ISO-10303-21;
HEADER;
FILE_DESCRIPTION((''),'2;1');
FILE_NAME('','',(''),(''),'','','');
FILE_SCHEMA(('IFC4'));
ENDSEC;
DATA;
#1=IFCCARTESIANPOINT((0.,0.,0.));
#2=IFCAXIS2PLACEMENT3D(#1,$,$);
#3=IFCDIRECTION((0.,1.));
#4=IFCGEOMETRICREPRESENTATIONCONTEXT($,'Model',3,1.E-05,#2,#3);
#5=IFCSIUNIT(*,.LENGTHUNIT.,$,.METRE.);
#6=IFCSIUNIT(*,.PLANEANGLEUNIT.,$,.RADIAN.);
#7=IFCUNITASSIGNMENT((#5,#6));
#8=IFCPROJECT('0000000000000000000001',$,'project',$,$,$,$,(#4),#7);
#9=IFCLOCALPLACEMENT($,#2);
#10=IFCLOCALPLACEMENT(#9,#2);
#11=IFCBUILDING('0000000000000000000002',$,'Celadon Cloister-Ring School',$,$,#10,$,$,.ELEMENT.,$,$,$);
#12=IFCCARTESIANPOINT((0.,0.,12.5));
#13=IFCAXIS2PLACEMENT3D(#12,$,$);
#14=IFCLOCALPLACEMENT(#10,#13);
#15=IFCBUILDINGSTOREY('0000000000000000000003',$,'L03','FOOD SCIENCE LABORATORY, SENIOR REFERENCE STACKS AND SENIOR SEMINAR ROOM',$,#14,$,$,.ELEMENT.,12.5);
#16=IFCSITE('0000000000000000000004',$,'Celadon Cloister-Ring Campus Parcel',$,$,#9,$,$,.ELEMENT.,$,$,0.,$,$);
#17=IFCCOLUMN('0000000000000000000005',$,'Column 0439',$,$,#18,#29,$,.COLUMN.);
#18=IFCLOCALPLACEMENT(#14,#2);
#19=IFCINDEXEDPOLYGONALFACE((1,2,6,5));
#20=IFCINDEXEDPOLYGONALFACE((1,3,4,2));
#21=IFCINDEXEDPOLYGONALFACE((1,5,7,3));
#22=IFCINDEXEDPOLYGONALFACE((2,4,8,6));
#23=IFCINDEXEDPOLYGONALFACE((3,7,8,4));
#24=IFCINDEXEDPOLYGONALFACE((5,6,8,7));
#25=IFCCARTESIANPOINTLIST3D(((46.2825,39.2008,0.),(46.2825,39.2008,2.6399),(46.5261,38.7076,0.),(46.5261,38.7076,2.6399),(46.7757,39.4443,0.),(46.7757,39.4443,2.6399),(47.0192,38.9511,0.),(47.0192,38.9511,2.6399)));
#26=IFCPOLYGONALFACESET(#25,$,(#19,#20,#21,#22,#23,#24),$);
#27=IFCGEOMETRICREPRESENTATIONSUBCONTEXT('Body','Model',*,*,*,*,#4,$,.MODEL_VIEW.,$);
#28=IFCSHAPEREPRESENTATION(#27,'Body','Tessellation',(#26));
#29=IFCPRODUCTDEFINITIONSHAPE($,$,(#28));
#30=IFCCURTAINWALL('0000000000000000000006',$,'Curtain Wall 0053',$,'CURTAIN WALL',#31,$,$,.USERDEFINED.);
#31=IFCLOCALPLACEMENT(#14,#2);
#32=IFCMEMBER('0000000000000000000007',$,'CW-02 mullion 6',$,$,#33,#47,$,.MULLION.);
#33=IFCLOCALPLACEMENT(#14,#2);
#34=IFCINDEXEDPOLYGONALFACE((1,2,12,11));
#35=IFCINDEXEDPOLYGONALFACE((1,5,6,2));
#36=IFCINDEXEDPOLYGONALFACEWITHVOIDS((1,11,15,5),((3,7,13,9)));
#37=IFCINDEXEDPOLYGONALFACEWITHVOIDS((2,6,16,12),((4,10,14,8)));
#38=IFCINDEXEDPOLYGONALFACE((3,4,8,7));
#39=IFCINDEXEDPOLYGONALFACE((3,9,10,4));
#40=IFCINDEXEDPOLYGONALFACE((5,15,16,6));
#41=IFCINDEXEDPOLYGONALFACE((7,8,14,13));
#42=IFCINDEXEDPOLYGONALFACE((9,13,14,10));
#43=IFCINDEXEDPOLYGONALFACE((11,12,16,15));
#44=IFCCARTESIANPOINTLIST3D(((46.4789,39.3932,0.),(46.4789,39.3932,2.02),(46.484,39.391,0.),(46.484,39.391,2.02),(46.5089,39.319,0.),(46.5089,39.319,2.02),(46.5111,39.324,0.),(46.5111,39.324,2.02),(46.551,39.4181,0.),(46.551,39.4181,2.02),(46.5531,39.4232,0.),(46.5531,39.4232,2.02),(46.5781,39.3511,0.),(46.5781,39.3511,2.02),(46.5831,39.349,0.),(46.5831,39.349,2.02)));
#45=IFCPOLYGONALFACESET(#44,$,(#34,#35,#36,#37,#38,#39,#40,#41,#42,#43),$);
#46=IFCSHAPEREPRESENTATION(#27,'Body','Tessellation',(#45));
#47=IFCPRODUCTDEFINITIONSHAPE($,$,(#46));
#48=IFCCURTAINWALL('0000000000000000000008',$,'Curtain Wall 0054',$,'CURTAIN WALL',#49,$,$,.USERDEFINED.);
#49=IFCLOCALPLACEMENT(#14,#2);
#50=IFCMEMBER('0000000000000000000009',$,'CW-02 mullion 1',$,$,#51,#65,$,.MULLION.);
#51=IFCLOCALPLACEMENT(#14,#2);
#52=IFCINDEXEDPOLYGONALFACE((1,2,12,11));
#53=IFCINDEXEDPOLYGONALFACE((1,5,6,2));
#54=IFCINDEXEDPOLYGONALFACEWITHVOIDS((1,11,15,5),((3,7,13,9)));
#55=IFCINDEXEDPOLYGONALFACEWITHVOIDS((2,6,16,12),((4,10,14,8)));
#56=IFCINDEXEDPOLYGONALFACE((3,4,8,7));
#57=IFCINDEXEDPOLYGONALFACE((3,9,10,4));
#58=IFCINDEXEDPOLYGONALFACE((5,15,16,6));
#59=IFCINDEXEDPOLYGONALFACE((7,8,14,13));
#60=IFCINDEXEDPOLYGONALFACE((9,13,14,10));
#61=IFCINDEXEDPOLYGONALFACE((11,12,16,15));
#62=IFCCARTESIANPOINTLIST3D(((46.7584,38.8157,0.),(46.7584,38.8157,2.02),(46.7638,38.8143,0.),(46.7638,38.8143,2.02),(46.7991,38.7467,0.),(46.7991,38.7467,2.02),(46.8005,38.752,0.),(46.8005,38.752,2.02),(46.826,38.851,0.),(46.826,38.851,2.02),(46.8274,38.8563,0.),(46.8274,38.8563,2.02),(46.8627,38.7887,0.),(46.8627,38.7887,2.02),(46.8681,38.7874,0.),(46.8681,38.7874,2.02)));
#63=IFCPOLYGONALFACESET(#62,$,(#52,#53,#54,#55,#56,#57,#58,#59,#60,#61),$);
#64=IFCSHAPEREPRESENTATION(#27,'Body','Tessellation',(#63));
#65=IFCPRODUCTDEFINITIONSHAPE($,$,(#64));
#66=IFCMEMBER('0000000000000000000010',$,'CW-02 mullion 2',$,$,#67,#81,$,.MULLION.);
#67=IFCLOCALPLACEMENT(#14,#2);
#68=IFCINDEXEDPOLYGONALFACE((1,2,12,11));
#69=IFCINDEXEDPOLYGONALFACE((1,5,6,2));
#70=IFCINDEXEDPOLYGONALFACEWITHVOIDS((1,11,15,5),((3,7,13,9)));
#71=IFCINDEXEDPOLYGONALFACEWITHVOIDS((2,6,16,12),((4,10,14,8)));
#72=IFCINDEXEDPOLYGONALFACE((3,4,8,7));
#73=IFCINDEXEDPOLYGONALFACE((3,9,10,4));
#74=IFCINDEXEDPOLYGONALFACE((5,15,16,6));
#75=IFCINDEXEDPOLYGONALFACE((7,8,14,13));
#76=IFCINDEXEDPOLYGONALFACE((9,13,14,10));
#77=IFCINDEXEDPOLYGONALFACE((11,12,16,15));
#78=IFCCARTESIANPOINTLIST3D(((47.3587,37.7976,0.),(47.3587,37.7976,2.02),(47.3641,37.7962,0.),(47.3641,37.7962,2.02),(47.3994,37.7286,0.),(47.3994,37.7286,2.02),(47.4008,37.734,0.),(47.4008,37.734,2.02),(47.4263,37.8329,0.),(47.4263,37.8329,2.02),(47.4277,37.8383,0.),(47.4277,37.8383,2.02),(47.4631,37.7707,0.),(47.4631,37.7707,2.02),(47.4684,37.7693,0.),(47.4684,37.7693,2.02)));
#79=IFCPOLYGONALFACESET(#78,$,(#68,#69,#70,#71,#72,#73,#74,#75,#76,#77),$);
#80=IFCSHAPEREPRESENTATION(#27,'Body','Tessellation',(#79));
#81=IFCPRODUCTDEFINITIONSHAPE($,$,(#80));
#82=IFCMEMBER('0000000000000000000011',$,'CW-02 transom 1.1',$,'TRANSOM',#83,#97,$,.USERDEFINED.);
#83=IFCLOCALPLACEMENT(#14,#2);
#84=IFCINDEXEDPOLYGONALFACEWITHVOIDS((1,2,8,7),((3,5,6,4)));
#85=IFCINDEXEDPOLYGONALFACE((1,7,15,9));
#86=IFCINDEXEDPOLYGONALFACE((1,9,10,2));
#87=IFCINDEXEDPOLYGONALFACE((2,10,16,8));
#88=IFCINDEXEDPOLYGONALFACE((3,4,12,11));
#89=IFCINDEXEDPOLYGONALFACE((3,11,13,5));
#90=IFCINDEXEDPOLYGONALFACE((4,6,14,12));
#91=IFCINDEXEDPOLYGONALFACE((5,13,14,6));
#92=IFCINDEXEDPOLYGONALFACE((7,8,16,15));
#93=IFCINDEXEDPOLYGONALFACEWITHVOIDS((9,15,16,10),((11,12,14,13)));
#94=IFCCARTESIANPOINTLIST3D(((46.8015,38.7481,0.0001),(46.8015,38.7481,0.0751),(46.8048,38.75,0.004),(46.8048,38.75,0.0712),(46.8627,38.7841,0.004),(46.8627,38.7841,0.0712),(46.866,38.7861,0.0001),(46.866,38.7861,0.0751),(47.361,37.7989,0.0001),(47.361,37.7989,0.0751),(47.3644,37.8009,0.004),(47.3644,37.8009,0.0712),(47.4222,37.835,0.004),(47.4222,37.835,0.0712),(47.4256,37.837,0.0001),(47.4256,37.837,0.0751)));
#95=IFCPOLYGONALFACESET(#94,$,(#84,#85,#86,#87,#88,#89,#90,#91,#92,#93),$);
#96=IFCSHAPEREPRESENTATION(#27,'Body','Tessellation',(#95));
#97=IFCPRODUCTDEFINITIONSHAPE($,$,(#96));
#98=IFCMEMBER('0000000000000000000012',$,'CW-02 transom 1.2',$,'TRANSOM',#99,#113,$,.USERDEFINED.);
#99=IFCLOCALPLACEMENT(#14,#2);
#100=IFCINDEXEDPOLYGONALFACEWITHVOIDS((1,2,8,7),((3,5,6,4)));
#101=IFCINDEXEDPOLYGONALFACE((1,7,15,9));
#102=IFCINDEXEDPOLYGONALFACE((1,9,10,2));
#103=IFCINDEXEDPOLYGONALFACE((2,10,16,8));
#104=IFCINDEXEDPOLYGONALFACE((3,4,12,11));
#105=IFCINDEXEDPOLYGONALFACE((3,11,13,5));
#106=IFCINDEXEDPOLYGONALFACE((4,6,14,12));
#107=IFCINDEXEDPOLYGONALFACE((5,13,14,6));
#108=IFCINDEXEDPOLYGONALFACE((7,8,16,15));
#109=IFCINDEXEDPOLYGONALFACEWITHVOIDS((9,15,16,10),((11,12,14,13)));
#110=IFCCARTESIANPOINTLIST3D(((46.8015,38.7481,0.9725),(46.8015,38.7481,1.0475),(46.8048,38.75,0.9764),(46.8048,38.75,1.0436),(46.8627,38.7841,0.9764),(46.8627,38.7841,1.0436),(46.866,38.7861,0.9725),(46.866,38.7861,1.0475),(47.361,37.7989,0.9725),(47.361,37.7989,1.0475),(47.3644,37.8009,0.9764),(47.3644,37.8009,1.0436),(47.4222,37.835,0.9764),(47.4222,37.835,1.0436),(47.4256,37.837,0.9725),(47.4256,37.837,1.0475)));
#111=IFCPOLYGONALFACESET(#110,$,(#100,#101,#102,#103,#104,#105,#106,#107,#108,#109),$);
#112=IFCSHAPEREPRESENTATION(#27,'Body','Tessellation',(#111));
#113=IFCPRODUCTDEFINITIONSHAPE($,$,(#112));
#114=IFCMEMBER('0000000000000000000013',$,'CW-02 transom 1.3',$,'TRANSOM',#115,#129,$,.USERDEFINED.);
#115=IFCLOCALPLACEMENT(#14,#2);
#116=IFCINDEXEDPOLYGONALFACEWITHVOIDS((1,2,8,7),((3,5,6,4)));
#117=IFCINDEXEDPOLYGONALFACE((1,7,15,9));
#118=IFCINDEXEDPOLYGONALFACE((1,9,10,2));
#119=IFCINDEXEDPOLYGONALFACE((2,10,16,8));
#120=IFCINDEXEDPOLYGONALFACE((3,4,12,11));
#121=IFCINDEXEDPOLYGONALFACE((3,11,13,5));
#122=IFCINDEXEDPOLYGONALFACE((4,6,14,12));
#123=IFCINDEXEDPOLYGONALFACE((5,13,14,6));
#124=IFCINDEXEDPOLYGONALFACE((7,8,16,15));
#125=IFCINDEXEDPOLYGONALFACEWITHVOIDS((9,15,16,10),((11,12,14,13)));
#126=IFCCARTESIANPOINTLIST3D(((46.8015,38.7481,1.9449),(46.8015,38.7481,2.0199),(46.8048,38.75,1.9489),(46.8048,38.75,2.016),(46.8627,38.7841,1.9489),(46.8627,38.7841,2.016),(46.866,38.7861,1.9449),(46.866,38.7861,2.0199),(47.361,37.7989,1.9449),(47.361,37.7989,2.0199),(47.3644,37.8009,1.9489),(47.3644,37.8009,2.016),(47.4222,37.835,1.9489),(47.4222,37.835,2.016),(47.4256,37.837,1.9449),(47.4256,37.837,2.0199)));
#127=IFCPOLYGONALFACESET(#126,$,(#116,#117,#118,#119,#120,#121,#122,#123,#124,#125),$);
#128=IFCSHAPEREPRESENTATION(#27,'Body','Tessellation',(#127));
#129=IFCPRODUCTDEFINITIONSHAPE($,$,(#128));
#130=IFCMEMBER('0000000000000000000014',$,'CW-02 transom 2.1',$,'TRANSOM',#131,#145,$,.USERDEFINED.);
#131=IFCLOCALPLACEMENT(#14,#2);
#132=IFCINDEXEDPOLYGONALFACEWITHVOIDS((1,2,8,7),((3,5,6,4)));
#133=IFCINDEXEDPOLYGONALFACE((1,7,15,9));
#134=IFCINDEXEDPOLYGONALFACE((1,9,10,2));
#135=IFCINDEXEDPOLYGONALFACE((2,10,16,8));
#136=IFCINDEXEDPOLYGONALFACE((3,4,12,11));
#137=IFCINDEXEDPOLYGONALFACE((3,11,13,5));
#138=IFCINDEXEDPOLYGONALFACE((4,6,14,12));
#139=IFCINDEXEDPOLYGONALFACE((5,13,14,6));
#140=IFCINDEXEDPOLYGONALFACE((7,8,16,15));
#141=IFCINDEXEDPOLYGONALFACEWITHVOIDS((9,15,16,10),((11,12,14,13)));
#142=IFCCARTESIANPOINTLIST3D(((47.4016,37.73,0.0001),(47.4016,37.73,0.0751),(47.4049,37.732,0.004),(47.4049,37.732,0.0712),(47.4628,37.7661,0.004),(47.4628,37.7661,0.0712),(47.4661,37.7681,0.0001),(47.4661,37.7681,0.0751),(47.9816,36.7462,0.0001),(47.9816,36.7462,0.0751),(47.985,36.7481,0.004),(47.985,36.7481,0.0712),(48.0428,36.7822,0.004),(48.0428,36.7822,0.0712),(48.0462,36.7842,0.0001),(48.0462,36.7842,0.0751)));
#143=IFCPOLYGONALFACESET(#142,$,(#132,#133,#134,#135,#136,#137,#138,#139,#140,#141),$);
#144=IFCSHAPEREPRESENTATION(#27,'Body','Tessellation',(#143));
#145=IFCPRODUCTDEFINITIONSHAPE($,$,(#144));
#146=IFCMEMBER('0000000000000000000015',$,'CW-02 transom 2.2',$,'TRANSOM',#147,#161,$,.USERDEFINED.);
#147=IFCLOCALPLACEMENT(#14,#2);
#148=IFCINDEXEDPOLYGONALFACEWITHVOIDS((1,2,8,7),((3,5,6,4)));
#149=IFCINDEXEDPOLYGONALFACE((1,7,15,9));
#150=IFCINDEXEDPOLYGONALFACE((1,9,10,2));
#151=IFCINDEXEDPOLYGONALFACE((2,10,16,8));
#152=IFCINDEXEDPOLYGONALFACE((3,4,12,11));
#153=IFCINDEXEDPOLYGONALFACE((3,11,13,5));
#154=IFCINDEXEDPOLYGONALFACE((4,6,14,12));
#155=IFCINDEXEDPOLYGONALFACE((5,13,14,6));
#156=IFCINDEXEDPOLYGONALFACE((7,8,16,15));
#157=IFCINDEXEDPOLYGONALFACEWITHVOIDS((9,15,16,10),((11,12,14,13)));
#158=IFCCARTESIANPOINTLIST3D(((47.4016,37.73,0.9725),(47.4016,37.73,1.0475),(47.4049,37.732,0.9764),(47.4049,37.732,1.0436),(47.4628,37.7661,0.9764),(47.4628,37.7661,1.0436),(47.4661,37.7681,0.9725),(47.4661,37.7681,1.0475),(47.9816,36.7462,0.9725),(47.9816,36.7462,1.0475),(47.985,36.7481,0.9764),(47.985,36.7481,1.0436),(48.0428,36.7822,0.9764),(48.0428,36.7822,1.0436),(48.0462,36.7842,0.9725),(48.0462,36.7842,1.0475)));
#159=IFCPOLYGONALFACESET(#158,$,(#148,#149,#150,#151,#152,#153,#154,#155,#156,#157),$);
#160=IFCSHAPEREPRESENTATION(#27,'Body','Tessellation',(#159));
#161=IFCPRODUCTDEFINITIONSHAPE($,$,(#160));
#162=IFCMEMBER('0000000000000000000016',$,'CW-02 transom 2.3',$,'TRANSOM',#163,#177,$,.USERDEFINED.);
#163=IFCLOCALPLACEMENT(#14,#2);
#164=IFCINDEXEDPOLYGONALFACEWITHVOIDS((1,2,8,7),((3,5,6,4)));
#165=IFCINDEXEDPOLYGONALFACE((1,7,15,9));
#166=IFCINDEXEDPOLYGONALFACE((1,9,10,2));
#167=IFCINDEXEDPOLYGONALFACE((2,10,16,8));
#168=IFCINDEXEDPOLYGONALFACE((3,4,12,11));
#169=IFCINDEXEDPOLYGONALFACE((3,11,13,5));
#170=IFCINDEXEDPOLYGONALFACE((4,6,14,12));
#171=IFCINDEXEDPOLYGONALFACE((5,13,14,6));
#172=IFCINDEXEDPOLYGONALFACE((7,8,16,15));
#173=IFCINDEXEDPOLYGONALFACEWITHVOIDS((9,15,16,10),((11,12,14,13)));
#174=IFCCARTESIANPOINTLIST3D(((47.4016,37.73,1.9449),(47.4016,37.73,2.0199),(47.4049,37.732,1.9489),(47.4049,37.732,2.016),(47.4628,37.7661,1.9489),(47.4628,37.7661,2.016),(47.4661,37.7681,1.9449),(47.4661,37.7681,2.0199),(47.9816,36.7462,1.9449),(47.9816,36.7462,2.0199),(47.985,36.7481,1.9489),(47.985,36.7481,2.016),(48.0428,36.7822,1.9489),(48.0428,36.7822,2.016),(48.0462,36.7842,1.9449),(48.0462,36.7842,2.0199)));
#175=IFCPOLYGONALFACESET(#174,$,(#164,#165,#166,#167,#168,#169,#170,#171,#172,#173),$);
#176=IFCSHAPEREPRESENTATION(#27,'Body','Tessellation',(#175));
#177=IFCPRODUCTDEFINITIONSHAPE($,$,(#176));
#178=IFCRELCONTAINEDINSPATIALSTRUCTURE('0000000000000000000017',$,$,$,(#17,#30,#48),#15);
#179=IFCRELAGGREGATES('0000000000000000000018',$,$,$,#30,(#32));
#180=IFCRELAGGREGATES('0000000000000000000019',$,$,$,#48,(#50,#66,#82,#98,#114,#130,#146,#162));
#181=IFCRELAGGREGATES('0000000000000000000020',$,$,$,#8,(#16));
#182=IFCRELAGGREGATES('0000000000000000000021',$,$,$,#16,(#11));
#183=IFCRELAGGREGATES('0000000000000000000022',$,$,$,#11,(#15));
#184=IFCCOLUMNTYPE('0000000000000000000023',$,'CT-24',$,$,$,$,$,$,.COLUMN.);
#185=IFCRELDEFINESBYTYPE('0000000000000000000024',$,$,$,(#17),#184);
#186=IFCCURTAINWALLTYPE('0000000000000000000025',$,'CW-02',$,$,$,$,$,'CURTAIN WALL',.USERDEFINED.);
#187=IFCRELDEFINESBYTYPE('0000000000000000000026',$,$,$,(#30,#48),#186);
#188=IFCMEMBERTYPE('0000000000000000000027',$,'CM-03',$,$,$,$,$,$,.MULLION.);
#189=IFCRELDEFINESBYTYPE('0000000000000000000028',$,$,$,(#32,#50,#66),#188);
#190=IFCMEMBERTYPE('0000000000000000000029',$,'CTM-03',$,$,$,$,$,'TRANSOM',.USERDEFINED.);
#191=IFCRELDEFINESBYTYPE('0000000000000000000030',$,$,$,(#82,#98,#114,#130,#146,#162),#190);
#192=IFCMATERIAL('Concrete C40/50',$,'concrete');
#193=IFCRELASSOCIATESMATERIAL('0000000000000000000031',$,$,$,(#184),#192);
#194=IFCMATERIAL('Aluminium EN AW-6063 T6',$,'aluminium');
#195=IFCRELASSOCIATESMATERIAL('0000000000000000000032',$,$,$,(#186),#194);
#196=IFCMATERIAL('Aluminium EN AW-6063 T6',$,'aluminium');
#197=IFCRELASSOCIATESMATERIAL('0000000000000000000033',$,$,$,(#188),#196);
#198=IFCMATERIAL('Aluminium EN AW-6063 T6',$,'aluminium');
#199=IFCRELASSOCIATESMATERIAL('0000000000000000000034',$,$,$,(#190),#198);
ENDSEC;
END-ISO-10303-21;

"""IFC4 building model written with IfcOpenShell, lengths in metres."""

from ifc_helpers import new_model, si_unit, direction, frame, origin, origin_2d, place, context, subcontext, project, spatial, rectangle, hollow_rectangle, extrude, material, material_profile, profile_set, type_object, element, aggregate, save


model = new_model("IFC4")

# Units and contexts
model_context = context("Model", 3, precision=1e-05, world=origin(), true_north=direction((0.0, 1.0)))
body_context = subcontext(model_context, "Body", "Model", "MODEL_VIEW")
ifc_project = project(units=[si_unit("LENGTHUNIT", "METRE"), si_unit("PLANEANGLEUNIT", "RADIAN")], contexts=[model_context])

# Site, building, storey
site_placement = place(None, origin())
site = spatial("IfcSite", under=ifc_project, at=site_placement, Name="Celadon Cloister-Ring Campus Parcel", CompositionType="ELEMENT", RefElevation=0.0)
building_placement = place(site_placement, origin())
building = spatial("IfcBuilding", under=site, at=building_placement, Name="Celadon Cloister-Ring School", CompositionType="ELEMENT")
storey_placement = place(building_placement, frame((0.0, 0.0, 12.5)))
storey = spatial("IfcBuildingStorey", under=building, at=storey_placement, Name="L03", Description="FOOD SCIENCE LABORATORY, SENIOR REFERENCE STACKS AND SENIOR SEMINAR ROOM", CompositionType="ELEMENT", Elevation=12.5)

# Column
ifc_material_1 = material(Name="Concrete C40/50", Category="concrete")
ifc_material_profile_1 = material_profile(ifc_material_1, rectangle(XDim=0.55, YDim=0.55, at=origin_2d()), Name="RC550X550")
ifc_profile_set_1 = profile_set([ifc_material_profile_1], Name="Concrete C40/50")
column_type = type_object("IfcColumnType", Name="CT-24", PredefinedType="COLUMN", material=ifc_profile_set_1)
column_placement = place(storey_placement, frame((46.6509, 39.0759, 0.0), z_axis=(0.0, 0.0, 1.0), x_axis=(-0.896641, -0.442758, 0.0)))
element("IfcColumn", 1, at=column_placement, inside=storey, type_object=column_type, Name="Column 0439", PredefinedType="COLUMN", context=body_context, shape_type="SweptSolid", body=[
    extrude(rectangle(XDim=0.55, YDim=0.55, at=origin_2d()), origin(), (0.0, 0.0, 1.0), 2.6399),
])

# Curtain wall, member
ifc_material_2 = material(Name="Aluminium EN AW-6063 T6", Category="aluminium")
curtain_wall_type = type_object("IfcCurtainWallType", Name="CW-02", ElementType="CURTAIN WALL", PredefinedType="USERDEFINED", material=ifc_material_2)
curtain_wall_1_placement = place(storey_placement, origin())
curtain_wall_1 = element("IfcCurtainWall", 2, at=curtain_wall_1_placement, inside=storey, type_object=curtain_wall_type, Name="Curtain Wall 0053", ObjectType="CURTAIN WALL", PredefinedType="USERDEFINED")
ifc_material_3 = material(Name="Aluminium EN AW-6063 T6", Category="aluminium")
ifc_material_profile_2 = material_profile(ifc_material_3, hollow_rectangle(XDim=0.0801, YDim=0.0801, WallThickness=0.0039, at=origin_2d()), Name="RHS80X80X4")
ifc_profile_set_2 = profile_set([ifc_material_profile_2], Name="Aluminium EN AW-6063 T6")
member_type_1 = type_object("IfcMemberType", Name="CM-03", PredefinedType="MULLION", material=ifc_profile_set_2)
member_1_placement = place(storey_placement, frame((46.531, 39.3711, 0.0), z_axis=(0.0, 0.0, 1.0), x_axis=(0.927036, 0.374972, 0.0)))
member_1 = element("IfcMember", 3, at=member_1_placement, type_object=member_type_1, Name="CW-02 mullion 6", PredefinedType="MULLION", context=body_context, shape_type="SweptSolid", body=[
    extrude(hollow_rectangle(XDim=0.0801, YDim=0.0801, WallThickness=0.0039, at=origin_2d()), origin(), (0.0, 0.0, 1.0), 2.02),
])

# Curtain wall, members
curtain_wall_2_placement = place(storey_placement, origin())
curtain_wall_2 = element("IfcCurtainWall", 4, at=curtain_wall_2_placement, inside=storey, type_object=curtain_wall_type, Name="Curtain Wall 0054", ObjectType="CURTAIN WALL", PredefinedType="USERDEFINED")
member_2_placement = place(storey_placement, frame((46.8132, 38.8015, 0.0), z_axis=(0.0, 0.0, 1.0), x_axis=(0.861425, 0.507885, 0.0)))
member_2 = element("IfcMember", 5, at=member_2_placement, type_object=member_type_1, Name="CW-02 mullion 1", PredefinedType="MULLION", context=body_context, shape_type="SweptSolid", body=[
    extrude(hollow_rectangle(XDim=0.0801, YDim=0.0801, WallThickness=0.0039, at=origin_2d()), origin(), (0.0, 0.0, 1.0), 2.02),
])
member_3_placement = place(storey_placement, frame((47.4136, 37.7834, 0.0), z_axis=(0.0, 0.0, 1.0), x_axis=(0.861425, 0.507885, 0.0)))
member_3 = element("IfcMember", 6, at=member_3_placement, type_object=member_type_1, Name="CW-02 mullion 2", PredefinedType="MULLION", context=body_context, shape_type="SweptSolid", body=[
    extrude(hollow_rectangle(XDim=0.0801, YDim=0.0801, WallThickness=0.0039, at=origin_2d()), origin(), (0.0, 0.0, 1.0), 2.02),
])
ifc_material_4 = material(Name="Aluminium EN AW-6063 T6", Category="aluminium")
ifc_material_profile_3 = material_profile(ifc_material_4, hollow_rectangle(XDim=0.075, YDim=0.075, WallThickness=0.0039, at=origin_2d()), Name="RHS75X75X4")
ifc_profile_set_3 = profile_set([ifc_material_profile_3], Name="Aluminium EN AW-6063 T6")
member_type_2 = type_object("IfcMemberType", Name="CTM-03", ElementType="TRANSOM", PredefinedType="USERDEFINED", material=ifc_profile_set_3)
member_4_placement = place(storey_placement, frame((46.8337, 38.7671, 0.0376), z_axis=(0.507833, -0.861455, 0.0), x_axis=(0.861455, 0.507833, 0.0)))
member_4 = element("IfcMember", 7, at=member_4_placement, type_object=member_type_2, Name="CW-02 transom 1.1", ObjectType="TRANSOM", PredefinedType="USERDEFINED", context=body_context, shape_type="SweptSolid", body=[
    extrude(hollow_rectangle(XDim=0.075, YDim=0.075, WallThickness=0.0039, at=origin_2d()), origin(), (0.0, 0.0, 1.0), 1.1018),
])
member_5_placement = place(storey_placement, frame((46.8337, 38.7671, 1.01), z_axis=(0.507833, -0.861455, 0.0), x_axis=(0.861455, 0.507833, 0.0)))
member_5 = element("IfcMember", 8, at=member_5_placement, type_object=member_type_2, Name="CW-02 transom 1.2", ObjectType="TRANSOM", PredefinedType="USERDEFINED", context=body_context, shape_type="SweptSolid", body=[
    extrude(hollow_rectangle(XDim=0.075, YDim=0.075, WallThickness=0.0039, at=origin_2d()), origin(), (0.0, 0.0, 1.0), 1.1018),
])
member_6_placement = place(storey_placement, frame((46.8337, 38.7671, 1.9824), z_axis=(0.507833, -0.861455, 0.0), x_axis=(0.861455, 0.507833, 0.0)))
member_6 = element("IfcMember", 9, at=member_6_placement, type_object=member_type_2, Name="CW-02 transom 1.3", ObjectType="TRANSOM", PredefinedType="USERDEFINED", context=body_context, shape_type="SweptSolid", body=[
    extrude(hollow_rectangle(XDim=0.075, YDim=0.075, WallThickness=0.0039, at=origin_2d()), origin(), (0.0, 0.0, 1.0), 1.1018),
])
member_7_placement = place(storey_placement, frame((47.4338, 37.749, 0.0376), z_axis=(0.507879, -0.861428, 0.0), x_axis=(0.861428, 0.507879, 0.0)))
member_7 = element("IfcMember", 10, at=member_7_placement, type_object=member_type_2, Name="CW-02 transom 2.1", ObjectType="TRANSOM", PredefinedType="USERDEFINED", context=body_context, shape_type="SweptSolid", body=[
    extrude(hollow_rectangle(XDim=0.075, YDim=0.075, WallThickness=0.0039, at=origin_2d()), origin(), (0.0, 0.0, 1.0), 1.1421),
])
member_8_placement = place(storey_placement, frame((47.4338, 37.749, 1.01), z_axis=(0.507879, -0.861428, 0.0), x_axis=(0.861428, 0.507879, 0.0)))
member_8 = element("IfcMember", 11, at=member_8_placement, type_object=member_type_2, Name="CW-02 transom 2.2", ObjectType="TRANSOM", PredefinedType="USERDEFINED", context=body_context, shape_type="SweptSolid", body=[
    extrude(hollow_rectangle(XDim=0.075, YDim=0.075, WallThickness=0.0039, at=origin_2d()), origin(), (0.0, 0.0, 1.0), 1.1421),
])
member_9_placement = place(storey_placement, frame((47.4338, 37.749, 1.9824), z_axis=(0.507879, -0.861428, 0.0), x_axis=(0.861428, 0.507879, 0.0)))
member_9 = element("IfcMember", 12, at=member_9_placement, type_object=member_type_2, Name="CW-02 transom 2.3", ObjectType="TRANSOM", PredefinedType="USERDEFINED", context=body_context, shape_type="SweptSolid", body=[
    extrude(hollow_rectangle(XDim=0.075, YDim=0.075, WallThickness=0.0039, at=origin_2d()), origin(), (0.0, 0.0, 1.0), 1.1421),
])

aggregate(curtain_wall_1, [member_1])
aggregate(curtain_wall_2, [member_2, member_3, member_4, member_5, member_6, member_7, member_8, member_9])

save(model, "model.ifc")
